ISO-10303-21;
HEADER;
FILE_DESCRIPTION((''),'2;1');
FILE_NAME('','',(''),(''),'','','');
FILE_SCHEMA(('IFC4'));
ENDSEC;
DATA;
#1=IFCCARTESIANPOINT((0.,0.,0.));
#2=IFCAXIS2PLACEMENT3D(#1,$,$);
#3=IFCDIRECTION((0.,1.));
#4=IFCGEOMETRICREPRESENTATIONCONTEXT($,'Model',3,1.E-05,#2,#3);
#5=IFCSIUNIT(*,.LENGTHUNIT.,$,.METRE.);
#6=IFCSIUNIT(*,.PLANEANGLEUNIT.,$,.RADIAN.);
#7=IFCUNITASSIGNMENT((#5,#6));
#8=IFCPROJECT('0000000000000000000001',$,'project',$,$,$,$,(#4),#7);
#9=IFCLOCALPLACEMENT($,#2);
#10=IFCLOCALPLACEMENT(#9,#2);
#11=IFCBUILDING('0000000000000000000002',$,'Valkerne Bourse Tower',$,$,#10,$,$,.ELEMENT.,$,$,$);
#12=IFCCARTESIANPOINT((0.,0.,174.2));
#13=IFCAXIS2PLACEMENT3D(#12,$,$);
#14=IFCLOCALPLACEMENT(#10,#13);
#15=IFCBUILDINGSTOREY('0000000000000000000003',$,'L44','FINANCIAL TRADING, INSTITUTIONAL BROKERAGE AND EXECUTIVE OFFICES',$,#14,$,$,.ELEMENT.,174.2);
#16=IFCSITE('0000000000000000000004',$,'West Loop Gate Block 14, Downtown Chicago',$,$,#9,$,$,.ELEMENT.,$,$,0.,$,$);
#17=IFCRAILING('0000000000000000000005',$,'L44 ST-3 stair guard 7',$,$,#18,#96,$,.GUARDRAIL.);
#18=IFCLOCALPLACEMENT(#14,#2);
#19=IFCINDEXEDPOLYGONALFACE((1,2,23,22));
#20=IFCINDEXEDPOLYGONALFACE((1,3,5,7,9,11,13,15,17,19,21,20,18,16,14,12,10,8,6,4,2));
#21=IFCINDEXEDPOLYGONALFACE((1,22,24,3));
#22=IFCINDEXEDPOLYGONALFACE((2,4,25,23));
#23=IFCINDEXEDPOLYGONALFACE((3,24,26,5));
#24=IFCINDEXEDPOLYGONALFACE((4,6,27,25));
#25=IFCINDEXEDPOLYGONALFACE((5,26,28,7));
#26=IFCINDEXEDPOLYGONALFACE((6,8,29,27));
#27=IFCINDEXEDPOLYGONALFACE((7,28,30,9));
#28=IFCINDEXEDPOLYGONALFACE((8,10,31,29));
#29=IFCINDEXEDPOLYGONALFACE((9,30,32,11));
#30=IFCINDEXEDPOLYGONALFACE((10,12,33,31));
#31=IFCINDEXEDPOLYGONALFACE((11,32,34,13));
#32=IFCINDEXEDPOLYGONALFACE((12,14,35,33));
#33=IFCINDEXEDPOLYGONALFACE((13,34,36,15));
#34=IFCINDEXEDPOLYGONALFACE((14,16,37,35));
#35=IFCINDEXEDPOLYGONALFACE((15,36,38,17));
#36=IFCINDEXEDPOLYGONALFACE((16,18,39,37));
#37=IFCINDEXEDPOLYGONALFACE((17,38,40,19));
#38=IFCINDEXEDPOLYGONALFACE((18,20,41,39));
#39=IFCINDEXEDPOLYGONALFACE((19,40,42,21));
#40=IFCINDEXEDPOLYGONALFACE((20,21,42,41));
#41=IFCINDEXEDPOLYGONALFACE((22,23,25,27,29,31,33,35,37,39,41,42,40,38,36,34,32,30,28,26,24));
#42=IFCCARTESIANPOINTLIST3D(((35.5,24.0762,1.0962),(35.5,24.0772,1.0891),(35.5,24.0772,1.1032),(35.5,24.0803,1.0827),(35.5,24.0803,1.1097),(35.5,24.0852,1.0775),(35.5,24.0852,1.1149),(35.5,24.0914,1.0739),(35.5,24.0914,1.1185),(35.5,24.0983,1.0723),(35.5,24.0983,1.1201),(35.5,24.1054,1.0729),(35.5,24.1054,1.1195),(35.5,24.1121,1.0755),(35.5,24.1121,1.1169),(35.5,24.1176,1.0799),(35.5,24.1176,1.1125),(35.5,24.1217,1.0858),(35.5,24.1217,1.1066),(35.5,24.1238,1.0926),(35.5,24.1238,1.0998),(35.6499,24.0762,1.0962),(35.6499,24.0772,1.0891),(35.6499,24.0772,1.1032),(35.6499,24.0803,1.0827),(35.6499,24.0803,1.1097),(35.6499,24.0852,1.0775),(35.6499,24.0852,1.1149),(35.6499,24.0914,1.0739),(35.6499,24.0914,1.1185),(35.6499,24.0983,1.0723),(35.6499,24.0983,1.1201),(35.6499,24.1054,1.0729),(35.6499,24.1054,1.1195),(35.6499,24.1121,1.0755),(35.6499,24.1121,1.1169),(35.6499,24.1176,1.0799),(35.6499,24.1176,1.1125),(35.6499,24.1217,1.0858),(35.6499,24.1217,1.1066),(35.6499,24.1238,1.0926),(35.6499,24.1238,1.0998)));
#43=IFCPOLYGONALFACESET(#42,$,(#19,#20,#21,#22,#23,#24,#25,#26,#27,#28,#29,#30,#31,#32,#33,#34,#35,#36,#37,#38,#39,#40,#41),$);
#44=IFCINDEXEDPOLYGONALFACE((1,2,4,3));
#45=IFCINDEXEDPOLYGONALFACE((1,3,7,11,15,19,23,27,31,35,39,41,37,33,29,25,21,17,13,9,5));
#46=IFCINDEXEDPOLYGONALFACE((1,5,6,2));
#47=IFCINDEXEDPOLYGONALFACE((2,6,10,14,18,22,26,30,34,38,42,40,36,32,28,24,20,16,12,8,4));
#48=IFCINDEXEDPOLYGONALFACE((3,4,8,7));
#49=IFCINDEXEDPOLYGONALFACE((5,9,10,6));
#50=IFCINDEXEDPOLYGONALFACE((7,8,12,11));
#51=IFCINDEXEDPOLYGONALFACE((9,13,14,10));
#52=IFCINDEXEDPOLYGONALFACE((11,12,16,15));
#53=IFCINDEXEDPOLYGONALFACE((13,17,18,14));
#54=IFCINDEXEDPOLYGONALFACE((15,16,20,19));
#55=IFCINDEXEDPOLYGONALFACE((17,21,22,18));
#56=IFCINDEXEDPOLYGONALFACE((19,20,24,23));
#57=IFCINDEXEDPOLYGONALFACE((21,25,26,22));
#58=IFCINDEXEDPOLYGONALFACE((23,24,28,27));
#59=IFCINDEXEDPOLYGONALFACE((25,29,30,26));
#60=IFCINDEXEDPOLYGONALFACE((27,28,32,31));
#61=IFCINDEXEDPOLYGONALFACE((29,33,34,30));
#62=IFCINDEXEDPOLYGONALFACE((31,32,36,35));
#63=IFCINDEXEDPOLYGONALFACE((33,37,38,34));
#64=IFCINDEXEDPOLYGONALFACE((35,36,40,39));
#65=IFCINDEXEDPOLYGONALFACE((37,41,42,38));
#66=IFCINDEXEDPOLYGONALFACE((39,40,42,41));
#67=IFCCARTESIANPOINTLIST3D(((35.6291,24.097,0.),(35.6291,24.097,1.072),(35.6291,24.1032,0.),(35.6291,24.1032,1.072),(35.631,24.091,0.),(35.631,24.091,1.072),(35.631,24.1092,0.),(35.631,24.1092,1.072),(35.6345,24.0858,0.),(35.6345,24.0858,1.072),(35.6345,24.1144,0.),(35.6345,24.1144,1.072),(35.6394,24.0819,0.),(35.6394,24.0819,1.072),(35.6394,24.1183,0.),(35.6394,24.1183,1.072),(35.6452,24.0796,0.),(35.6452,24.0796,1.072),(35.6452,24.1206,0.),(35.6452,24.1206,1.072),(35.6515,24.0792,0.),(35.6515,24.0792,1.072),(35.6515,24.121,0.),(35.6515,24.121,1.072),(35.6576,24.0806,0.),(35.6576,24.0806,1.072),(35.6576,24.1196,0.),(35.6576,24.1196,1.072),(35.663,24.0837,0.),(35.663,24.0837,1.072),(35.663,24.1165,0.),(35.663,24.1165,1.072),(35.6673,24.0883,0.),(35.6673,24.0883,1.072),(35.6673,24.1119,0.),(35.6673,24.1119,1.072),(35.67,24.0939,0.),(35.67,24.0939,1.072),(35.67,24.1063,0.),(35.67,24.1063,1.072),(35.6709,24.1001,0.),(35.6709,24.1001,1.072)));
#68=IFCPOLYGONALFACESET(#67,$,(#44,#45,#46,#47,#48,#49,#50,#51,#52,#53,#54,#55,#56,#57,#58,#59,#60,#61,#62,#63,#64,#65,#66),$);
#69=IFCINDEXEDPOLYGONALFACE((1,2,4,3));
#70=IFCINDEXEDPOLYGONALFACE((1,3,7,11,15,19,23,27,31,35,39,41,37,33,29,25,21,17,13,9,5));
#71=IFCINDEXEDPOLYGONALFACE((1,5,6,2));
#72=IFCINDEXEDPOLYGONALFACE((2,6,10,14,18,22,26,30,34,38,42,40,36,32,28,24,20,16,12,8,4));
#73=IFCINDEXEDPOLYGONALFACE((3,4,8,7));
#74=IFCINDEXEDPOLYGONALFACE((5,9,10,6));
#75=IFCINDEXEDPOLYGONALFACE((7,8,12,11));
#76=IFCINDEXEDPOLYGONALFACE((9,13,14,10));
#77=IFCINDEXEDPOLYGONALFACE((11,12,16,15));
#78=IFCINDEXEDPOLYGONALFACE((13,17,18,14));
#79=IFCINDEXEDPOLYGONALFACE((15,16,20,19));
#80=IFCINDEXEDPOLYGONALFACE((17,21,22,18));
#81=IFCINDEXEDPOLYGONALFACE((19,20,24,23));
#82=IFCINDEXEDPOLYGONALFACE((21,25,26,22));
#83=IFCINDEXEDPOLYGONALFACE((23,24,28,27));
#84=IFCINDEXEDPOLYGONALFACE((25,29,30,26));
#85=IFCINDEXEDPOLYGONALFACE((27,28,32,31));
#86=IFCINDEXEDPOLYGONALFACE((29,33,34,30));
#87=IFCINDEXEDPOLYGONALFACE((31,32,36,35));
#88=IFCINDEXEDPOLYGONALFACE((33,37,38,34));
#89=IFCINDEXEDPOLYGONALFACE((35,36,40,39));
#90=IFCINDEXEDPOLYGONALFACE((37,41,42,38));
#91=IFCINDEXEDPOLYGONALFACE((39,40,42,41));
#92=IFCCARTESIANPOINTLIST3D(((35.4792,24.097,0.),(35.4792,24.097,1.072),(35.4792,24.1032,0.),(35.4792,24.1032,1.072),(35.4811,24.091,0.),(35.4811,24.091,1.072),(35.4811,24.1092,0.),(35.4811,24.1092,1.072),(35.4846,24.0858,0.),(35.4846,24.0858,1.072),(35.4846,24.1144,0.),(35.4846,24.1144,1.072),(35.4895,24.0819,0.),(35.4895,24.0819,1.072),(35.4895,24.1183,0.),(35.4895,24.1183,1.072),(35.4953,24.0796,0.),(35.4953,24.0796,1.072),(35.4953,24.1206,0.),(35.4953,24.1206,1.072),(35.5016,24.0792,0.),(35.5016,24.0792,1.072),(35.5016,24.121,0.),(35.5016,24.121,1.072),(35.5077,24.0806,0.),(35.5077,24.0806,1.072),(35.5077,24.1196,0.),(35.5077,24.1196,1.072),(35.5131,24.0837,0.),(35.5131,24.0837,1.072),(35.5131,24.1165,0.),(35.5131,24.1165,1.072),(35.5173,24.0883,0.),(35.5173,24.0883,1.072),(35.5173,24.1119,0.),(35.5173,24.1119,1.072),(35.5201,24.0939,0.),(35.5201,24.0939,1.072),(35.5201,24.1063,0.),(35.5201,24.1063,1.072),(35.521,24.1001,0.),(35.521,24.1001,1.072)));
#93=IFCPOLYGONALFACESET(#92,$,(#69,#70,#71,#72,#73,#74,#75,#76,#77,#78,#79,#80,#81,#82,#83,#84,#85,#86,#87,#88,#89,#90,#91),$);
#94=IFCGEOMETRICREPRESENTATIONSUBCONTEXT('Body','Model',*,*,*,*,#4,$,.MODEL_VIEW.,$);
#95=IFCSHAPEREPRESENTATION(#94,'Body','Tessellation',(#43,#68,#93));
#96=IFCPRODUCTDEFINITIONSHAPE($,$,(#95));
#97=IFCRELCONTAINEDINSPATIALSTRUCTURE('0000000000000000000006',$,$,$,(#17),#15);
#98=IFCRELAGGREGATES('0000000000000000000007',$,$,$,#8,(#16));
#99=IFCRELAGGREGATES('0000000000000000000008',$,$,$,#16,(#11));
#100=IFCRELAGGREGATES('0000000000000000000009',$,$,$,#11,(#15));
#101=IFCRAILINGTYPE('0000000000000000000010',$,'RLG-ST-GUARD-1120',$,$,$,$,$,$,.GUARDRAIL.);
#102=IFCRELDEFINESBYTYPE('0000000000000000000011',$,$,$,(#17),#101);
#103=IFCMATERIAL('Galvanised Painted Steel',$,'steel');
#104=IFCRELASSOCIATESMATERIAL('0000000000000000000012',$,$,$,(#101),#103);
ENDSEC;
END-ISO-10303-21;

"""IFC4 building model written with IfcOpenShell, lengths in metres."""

from ifc_helpers import new_model, si_unit, direction, frame, origin, origin_2d, place, context, subcontext, project, spatial, circle, extrude, material, type_object, element, save


model = new_model("IFC4")

# Units and contexts
model_context = context("Model", 3, precision=1e-05, world=origin(), true_north=direction((0.0, 1.0)))
body_context = subcontext(model_context, "Body", "Model", "MODEL_VIEW")
ifc_project = project(units=[si_unit("LENGTHUNIT", "METRE"), si_unit("PLANEANGLEUNIT", "RADIAN")], contexts=[model_context])

# Site, building, storey
site_placement = place(None, origin())
site = spatial("IfcSite", under=ifc_project, at=site_placement, Name="West Loop Gate Block 14, Downtown Chicago", CompositionType="ELEMENT", RefElevation=0.0)
building_placement = place(site_placement, origin())
building = spatial("IfcBuilding", under=site, at=building_placement, Name="Valkerne Bourse Tower", CompositionType="ELEMENT")
storey_placement = place(building_placement, frame((0.0, 0.0, 174.2)))
storey = spatial("IfcBuildingStorey", under=building, at=storey_placement, Name="L44", Description="FINANCIAL TRADING, INSTITUTIONAL BROKERAGE AND EXECUTIVE OFFICES", CompositionType="ELEMENT", Elevation=174.2)

# Railing
ifc_material_1 = material(Name="Galvanised Painted Steel", Category="steel")
railing_type_1 = type_object("IfcRailingType", Name="RLG-ST-GUARD-1120", PredefinedType="GUARDRAIL", material=ifc_material_1)
railing_1_placement = place(storey_placement, frame((35.6499, 24.1001, 0.0)))
element("IfcRailing", 1, at=railing_1_placement, inside=storey, type_object=railing_type_1, Name="L44 ST-3 stair guard 7", PredefinedType="GUARDRAIL", context=body_context, shape_type="SweptSolid", body=[
    extrude(circle(Radius=0.0239, at=origin_2d()), frame((0.0, 0.0, 1.0962), z_axis=(-1.0, 0.0, 0.0), x_axis=(0.0, -1.0, 0.0)), (0.0, 0.0, 1.0), 0.1499),
    extrude(circle(Radius=0.021, at=origin_2d()), origin(), (0.0, 0.0, 1.0), 1.072),
    extrude(circle(Radius=0.021, at=origin_2d()), frame((-0.1499, 0.0, 0.0)), (0.0, 0.0, 1.0), 1.072),
])

save(model, "model.ifc")
